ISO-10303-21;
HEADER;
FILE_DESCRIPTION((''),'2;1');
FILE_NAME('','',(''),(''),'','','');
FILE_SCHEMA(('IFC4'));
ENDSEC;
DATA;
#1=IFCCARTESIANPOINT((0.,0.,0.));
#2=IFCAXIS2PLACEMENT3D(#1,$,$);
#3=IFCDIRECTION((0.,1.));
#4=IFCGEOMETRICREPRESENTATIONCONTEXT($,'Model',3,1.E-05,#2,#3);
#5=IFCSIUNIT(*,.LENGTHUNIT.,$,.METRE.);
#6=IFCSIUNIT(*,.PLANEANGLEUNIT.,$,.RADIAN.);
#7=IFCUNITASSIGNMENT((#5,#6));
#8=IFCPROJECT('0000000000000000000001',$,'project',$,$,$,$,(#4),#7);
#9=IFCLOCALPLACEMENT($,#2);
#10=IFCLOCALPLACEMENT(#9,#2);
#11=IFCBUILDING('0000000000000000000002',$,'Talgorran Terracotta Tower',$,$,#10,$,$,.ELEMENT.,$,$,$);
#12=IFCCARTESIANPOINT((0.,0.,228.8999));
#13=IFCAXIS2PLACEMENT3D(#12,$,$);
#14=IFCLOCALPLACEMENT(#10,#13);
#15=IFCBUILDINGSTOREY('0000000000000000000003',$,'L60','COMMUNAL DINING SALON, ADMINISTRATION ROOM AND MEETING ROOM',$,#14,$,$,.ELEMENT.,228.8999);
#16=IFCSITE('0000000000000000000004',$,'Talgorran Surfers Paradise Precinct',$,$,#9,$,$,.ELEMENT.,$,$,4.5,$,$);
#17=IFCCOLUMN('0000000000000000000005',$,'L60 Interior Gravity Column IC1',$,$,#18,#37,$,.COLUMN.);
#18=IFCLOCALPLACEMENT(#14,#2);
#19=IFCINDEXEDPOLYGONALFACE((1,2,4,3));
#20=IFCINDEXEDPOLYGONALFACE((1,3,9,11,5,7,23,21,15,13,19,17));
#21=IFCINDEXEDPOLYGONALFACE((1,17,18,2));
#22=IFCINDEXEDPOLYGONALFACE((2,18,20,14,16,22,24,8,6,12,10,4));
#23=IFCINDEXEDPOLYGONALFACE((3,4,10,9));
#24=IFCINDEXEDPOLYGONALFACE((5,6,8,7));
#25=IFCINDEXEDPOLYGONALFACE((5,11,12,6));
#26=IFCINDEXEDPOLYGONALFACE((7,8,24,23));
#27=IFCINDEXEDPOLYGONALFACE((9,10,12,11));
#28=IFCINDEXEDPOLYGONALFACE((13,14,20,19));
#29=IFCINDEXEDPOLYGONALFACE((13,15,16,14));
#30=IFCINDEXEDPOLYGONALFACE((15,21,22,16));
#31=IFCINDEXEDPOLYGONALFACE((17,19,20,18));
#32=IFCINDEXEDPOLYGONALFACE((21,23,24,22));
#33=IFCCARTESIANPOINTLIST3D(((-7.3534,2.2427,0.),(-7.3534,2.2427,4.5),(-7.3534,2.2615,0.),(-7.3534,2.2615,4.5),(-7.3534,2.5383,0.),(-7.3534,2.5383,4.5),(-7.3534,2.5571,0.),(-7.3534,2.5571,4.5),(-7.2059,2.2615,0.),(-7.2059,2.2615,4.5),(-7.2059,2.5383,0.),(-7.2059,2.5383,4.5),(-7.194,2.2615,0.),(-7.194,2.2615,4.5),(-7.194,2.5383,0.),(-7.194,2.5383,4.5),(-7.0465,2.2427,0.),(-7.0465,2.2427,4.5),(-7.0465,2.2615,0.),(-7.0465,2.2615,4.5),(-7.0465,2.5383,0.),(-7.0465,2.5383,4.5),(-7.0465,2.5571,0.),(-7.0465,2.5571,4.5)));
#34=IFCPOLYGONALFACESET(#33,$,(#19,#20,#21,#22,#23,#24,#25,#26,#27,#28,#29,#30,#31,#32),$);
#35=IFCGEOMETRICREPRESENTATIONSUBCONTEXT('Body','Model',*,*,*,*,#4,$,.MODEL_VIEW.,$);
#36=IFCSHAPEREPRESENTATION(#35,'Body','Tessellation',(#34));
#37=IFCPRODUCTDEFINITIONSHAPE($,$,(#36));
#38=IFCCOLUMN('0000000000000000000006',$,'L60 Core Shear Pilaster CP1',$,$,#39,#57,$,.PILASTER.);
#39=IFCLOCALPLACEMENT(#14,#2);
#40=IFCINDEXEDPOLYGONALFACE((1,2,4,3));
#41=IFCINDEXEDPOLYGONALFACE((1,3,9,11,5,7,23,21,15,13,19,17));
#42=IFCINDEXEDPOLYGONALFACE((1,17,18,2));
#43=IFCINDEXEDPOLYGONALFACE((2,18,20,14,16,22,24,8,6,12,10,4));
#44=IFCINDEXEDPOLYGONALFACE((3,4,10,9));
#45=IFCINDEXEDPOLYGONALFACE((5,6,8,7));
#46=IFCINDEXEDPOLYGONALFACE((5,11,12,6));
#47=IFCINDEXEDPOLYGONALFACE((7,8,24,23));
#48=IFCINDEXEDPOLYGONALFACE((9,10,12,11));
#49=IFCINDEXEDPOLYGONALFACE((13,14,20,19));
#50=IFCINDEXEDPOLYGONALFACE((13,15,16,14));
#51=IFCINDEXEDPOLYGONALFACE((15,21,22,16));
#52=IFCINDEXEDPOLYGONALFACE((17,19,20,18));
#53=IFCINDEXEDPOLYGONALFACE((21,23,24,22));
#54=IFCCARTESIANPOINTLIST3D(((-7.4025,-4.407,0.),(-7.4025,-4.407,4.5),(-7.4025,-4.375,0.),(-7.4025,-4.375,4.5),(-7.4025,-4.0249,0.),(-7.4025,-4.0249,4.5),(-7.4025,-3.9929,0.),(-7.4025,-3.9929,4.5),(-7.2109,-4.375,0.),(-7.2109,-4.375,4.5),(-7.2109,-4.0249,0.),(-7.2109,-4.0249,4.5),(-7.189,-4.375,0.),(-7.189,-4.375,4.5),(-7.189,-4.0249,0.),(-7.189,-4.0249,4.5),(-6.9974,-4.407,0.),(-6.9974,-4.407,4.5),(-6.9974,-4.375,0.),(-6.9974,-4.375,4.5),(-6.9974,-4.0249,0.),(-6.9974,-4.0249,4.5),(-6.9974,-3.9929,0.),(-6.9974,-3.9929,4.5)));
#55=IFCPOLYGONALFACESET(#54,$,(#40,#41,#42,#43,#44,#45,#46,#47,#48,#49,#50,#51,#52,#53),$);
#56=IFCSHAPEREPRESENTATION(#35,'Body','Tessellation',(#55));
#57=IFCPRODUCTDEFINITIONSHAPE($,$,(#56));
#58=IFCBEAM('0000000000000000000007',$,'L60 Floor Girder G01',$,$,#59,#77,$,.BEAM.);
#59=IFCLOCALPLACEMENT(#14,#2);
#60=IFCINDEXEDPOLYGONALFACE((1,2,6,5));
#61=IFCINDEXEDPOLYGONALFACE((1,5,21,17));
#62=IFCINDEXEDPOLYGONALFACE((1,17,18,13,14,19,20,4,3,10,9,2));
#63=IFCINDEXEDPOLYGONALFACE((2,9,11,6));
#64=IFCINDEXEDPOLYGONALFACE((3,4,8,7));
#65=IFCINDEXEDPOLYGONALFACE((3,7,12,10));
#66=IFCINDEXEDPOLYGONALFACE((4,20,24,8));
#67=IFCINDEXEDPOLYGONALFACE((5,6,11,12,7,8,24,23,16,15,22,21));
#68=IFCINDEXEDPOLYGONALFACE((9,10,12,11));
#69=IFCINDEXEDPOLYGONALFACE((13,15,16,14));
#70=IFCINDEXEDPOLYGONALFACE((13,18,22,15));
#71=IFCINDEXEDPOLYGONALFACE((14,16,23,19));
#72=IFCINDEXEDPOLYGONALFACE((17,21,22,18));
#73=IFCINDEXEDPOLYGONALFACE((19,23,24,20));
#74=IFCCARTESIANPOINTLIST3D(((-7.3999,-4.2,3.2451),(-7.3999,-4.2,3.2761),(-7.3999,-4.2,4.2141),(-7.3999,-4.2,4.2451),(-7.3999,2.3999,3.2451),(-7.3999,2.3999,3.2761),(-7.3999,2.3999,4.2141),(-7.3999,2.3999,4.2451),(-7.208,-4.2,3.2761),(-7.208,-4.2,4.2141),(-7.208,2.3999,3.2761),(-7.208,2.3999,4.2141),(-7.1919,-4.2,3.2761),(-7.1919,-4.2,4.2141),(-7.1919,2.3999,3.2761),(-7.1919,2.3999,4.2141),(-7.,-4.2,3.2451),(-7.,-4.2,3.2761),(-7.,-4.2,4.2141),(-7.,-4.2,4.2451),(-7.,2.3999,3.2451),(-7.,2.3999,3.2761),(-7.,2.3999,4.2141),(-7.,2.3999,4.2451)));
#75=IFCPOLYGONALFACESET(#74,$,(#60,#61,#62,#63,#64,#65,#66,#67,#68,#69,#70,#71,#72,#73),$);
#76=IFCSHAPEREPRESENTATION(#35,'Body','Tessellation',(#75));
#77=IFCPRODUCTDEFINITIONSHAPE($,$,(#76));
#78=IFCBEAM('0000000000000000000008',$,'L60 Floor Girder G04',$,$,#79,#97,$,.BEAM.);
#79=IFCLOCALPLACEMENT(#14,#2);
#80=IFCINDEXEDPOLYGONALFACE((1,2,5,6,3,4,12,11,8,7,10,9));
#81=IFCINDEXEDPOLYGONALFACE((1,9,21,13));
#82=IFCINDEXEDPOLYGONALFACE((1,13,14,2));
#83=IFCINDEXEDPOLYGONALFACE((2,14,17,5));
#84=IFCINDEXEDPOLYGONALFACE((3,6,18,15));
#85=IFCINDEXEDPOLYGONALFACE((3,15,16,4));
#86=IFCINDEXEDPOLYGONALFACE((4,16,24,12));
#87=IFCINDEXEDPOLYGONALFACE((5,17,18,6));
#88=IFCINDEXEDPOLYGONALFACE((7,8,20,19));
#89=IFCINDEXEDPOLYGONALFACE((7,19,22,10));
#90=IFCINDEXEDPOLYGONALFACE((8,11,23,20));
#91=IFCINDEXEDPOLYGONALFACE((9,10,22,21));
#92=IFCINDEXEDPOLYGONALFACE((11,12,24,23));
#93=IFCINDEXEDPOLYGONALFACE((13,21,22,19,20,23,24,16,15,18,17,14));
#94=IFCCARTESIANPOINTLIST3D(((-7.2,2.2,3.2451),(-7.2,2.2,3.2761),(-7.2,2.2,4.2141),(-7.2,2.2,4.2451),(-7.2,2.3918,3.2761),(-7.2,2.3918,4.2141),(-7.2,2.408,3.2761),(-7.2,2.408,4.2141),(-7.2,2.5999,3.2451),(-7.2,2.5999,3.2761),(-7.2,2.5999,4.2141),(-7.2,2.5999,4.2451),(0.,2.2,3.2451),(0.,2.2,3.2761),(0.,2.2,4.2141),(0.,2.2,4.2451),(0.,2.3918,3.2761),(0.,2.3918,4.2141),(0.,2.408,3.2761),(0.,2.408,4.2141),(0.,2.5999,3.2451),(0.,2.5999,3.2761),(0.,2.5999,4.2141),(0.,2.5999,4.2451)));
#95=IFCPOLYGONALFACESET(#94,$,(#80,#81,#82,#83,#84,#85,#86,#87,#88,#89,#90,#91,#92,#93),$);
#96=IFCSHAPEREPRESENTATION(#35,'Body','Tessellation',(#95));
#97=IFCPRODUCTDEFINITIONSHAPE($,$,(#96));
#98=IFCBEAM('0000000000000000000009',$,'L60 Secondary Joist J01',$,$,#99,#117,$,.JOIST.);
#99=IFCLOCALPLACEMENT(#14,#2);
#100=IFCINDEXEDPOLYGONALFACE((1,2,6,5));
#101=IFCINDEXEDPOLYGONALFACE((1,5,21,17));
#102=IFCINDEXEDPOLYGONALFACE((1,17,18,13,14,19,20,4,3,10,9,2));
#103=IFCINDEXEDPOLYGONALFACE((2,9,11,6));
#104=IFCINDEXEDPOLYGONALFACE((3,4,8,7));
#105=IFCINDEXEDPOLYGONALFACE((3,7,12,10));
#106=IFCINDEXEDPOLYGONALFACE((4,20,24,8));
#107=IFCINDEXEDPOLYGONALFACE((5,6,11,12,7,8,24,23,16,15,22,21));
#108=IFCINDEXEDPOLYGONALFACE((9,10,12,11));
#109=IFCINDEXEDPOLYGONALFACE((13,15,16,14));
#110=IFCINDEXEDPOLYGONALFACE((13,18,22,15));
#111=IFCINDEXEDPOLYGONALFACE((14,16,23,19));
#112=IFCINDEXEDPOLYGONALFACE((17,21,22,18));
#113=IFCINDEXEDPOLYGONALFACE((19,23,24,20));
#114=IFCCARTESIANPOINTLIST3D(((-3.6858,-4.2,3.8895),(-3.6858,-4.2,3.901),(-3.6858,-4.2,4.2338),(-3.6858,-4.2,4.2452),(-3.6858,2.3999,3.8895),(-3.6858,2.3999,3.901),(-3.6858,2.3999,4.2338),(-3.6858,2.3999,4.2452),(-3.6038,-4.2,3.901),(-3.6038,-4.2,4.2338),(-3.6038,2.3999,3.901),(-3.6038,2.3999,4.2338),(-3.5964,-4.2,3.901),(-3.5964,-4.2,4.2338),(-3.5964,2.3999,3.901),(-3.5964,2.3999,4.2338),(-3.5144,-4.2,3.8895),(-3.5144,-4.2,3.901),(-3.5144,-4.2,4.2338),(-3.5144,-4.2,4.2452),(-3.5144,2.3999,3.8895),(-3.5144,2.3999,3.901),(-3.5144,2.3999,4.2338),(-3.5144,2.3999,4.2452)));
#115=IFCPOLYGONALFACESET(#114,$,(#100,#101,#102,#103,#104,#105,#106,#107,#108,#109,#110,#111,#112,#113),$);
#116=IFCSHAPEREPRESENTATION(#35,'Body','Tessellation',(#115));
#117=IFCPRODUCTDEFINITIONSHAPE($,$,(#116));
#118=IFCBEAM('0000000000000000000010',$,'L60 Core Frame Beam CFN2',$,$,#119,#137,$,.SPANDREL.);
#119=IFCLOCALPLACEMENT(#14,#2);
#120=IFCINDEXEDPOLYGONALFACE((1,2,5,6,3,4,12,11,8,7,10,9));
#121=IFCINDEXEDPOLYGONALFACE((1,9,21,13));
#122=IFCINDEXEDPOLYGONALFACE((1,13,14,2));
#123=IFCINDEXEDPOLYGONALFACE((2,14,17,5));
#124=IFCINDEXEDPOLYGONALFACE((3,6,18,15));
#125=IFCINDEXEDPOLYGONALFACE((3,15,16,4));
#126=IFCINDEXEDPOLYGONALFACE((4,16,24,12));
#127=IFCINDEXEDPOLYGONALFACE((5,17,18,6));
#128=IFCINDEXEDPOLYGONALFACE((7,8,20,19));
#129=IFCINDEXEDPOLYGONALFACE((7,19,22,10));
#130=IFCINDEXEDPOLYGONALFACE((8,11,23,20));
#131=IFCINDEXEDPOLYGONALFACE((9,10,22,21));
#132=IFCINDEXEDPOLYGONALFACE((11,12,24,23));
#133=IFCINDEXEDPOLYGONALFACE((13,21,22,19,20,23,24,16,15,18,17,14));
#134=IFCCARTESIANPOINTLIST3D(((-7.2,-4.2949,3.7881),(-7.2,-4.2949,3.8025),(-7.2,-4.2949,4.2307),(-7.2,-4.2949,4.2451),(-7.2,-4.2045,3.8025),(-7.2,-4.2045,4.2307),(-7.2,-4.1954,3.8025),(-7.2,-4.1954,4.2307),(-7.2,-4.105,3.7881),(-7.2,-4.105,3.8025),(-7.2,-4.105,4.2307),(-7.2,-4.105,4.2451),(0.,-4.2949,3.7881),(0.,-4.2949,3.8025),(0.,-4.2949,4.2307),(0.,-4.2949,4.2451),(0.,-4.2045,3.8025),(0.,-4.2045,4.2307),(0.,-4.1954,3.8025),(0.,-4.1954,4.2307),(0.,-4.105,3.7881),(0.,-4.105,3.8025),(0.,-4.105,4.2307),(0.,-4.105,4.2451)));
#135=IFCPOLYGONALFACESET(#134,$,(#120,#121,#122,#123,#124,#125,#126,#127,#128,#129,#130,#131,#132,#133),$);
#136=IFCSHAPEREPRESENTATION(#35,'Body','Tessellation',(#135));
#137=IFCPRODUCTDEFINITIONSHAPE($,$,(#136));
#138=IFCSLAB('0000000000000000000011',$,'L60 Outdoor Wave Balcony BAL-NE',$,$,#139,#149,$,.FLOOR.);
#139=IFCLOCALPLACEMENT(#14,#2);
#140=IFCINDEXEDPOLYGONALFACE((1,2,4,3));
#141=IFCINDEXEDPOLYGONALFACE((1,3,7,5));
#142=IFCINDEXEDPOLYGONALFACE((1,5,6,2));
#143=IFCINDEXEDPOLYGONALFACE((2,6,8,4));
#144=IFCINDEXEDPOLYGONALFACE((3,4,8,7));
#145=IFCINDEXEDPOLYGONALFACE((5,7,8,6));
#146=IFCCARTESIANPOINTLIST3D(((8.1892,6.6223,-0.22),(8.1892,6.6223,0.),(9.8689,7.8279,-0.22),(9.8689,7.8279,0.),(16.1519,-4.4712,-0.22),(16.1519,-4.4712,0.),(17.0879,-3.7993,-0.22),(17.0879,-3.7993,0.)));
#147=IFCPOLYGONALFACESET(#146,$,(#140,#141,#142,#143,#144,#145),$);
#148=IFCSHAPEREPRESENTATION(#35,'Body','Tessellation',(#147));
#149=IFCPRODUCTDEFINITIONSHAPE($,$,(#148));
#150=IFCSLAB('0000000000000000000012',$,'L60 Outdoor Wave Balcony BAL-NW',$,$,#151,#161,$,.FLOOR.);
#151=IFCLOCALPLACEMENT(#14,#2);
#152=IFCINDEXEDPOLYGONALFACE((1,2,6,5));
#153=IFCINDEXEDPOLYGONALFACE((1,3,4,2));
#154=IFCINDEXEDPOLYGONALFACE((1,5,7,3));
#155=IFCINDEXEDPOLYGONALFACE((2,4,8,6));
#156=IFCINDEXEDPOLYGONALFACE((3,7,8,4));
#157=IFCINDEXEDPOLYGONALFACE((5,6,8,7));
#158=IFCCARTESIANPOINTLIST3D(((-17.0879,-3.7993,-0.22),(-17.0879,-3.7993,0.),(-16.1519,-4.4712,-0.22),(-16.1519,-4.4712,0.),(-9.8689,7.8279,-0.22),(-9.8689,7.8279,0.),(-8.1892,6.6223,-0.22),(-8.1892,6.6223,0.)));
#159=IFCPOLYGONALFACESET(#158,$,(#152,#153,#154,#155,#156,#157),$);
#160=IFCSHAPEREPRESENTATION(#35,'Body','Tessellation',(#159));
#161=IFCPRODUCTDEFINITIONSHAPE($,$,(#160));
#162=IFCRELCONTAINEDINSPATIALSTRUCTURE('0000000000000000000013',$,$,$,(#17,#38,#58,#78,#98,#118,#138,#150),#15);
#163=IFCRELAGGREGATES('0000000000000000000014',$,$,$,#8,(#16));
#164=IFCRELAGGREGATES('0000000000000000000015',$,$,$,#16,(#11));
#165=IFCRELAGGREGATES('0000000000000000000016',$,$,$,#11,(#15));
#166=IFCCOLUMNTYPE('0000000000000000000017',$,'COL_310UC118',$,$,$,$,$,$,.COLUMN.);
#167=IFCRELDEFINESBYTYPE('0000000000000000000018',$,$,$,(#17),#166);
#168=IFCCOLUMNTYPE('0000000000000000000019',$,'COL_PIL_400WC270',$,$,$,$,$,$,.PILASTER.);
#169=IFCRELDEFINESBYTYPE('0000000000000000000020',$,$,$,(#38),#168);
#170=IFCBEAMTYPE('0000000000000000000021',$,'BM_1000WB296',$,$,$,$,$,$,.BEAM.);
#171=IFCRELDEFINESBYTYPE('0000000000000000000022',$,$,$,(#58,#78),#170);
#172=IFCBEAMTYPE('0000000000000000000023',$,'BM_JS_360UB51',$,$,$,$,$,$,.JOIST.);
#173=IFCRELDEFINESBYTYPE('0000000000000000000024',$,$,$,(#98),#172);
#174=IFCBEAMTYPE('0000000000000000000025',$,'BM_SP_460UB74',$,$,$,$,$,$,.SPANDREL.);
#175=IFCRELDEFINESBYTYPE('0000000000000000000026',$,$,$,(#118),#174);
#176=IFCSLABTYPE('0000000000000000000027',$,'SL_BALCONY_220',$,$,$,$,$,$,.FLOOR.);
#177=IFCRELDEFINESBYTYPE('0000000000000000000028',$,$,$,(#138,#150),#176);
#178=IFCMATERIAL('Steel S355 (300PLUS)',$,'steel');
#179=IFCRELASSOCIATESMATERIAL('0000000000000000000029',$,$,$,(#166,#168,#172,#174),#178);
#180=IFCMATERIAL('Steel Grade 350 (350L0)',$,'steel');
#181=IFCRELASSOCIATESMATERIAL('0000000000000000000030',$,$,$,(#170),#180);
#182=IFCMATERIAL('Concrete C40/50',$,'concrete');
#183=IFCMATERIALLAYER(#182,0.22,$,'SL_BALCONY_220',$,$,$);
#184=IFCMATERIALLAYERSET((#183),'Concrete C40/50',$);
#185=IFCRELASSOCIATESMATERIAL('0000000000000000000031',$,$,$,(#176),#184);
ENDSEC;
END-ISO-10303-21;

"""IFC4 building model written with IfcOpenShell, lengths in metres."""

from ifc_helpers import new_model, si_unit, direction, frame, origin, origin_2d, place, context, subcontext, project, spatial, polyline, i_section, outline, extrude, material, layer, layer_set, material_profile, profile_set, type_object, element, save


model = new_model("IFC4")

# Units and contexts
model_context = context("Model", 3, precision=1e-05, world=origin(), true_north=direction((0.0, 1.0)))
body_context = subcontext(model_context, "Body", "Model", "MODEL_VIEW")
ifc_project = project(units=[si_unit("LENGTHUNIT", "METRE"), si_unit("PLANEANGLEUNIT", "RADIAN")], contexts=[model_context])

# Site, building, storey
site_placement = place(None, origin())
site = spatial("IfcSite", under=ifc_project, at=site_placement, Name="Talgorran Surfers Paradise Precinct", CompositionType="ELEMENT", RefElevation=4.5)
building_placement = place(site_placement, origin())
building = spatial("IfcBuilding", under=site, at=building_placement, Name="Talgorran Terracotta Tower", CompositionType="ELEMENT")
storey_placement = place(building_placement, frame((0.0, 0.0, 228.8999)))
storey = spatial("IfcBuildingStorey", under=building, at=storey_placement, Name="L60", Description="COMMUNAL DINING SALON, ADMINISTRATION ROOM AND MEETING ROOM", CompositionType="ELEMENT", Elevation=228.8999)

# Columns
ifc_material_1 = material(Name="Steel S355 (300PLUS)", Category="steel")
ifc_material_profile_1 = material_profile(ifc_material_1, i_section(OverallWidth=0.3069, OverallDepth=0.3145, WebThickness=0.012, FlangeThickness=0.0188, at=origin_2d()), Name="310UC118")
ifc_profile_set_1 = profile_set([ifc_material_profile_1], Name="Steel S355 (300PLUS)")
column_type_1 = type_object("IfcColumnType", Name="COL_310UC118", PredefinedType="COLUMN", material=ifc_profile_set_1)
column_1_placement = place(storey_placement, frame((-7.2, 2.3999, 0.0), z_axis=(0.0, 0.0, 1.0), x_axis=(1.0, 0.0, 0.0)))
element("IfcColumn", 1, at=column_1_placement, inside=storey, type_object=column_type_1, Name="L60 Interior Gravity Column IC1", PredefinedType="COLUMN", context=body_context, shape_type="SweptSolid", body=[
    extrude(i_section(OverallWidth=0.3069, OverallDepth=0.3145, WebThickness=0.012, FlangeThickness=0.0188, at=origin_2d()), origin(), (0.0, 0.0, 1.0), 4.5),
])
ifc_material_profile_2 = material_profile(ifc_material_1, i_section(OverallWidth=0.405, OverallDepth=0.4141, WebThickness=0.022, FlangeThickness=0.032, at=origin_2d()), Name="400WC270")
ifc_profile_set_2 = profile_set([ifc_material_profile_2], Name="Steel S355 (300PLUS)")
column_type_2 = type_object("IfcColumnType", Name="COL_PIL_400WC270", PredefinedType="PILASTER", material=ifc_profile_set_2)
column_2_placement = place(storey_placement, frame((-7.2, -4.2, 0.0), z_axis=(0.0, 0.0, 1.0), x_axis=(1.0, 0.0, 0.0)))
element("IfcColumn", 2, at=column_2_placement, inside=storey, type_object=column_type_2, Name="L60 Core Shear Pilaster CP1", PredefinedType="PILASTER", context=body_context, shape_type="SweptSolid", body=[
    extrude(i_section(OverallWidth=0.405, OverallDepth=0.4141, WebThickness=0.022, FlangeThickness=0.032, at=origin_2d()), origin(), (0.0, 0.0, 1.0), 4.5),
])

# Beams
ifc_material_2 = material(Name="Steel Grade 350 (350L0)", Category="steel")
ifc_material_profile_3 = material_profile(ifc_material_2, i_section(OverallWidth=0.3999, OverallDepth=1.0, WebThickness=0.0161, FlangeThickness=0.031, at=origin_2d()), Name="1000WB296")
ifc_profile_set_3 = profile_set([ifc_material_profile_3], Name="Steel Grade 350 (350L0)")
beam_type_1 = type_object("IfcBeamType", Name="BM_1000WB296", PredefinedType="BEAM", material=ifc_profile_set_3)
beam_1_placement = place(storey_placement, frame((-7.2, -4.2, 3.7451), z_axis=(0.0, 1.0, 0.0), x_axis=(-1.0, 0.0, 0.0)))
element("IfcBeam", 3, at=beam_1_placement, inside=storey, type_object=beam_type_1, Name="L60 Floor Girder G01", PredefinedType="BEAM", context=body_context, shape_type="SweptSolid", body=[
    extrude(i_section(OverallWidth=0.3999, OverallDepth=1.0, WebThickness=0.0161, FlangeThickness=0.031, at=origin_2d()), origin(), (0.0, 0.0, 1.0), 6.5999),
])
beam_2_placement = place(storey_placement, frame((-7.2, 2.3999, 3.7451), z_axis=(1.0, 0.0, 0.0), x_axis=(0.0, 1.0, 0.0)))
element("IfcBeam", 4, at=beam_2_placement, inside=storey, type_object=beam_type_1, Name="L60 Floor Girder G04", PredefinedType="BEAM", context=body_context, shape_type="SweptSolid", body=[
    extrude(i_section(OverallWidth=0.3999, OverallDepth=1.0, WebThickness=0.0161, FlangeThickness=0.031, at=origin_2d()), origin(), (0.0, 0.0, 1.0), 7.2),
])
ifc_material_profile_4 = material_profile(ifc_material_1, i_section(OverallWidth=0.1714, OverallDepth=0.3557, WebThickness=0.0073, FlangeThickness=0.0115, at=origin_2d()), Name="360UB50.7")
ifc_profile_set_4 = profile_set([ifc_material_profile_4], Name="Steel S355 (300PLUS)")
beam_type_2 = type_object("IfcBeamType", Name="BM_JS_360UB51", PredefinedType="JOIST", material=ifc_profile_set_4)
beam_3_placement = place(storey_placement, frame((-3.6001, -4.2, 4.0674), z_axis=(0.0, 1.0, 0.0), x_axis=(-1.0, 0.0, 0.0)))
element("IfcBeam", 5, at=beam_3_placement, inside=storey, type_object=beam_type_2, Name="L60 Secondary Joist J01", PredefinedType="JOIST", context=body_context, shape_type="SweptSolid", body=[
    extrude(i_section(OverallWidth=0.1714, OverallDepth=0.3557, WebThickness=0.0073, FlangeThickness=0.0115, at=origin_2d()), origin(), (0.0, 0.0, 1.0), 6.5999),
])
ifc_material_profile_5 = material_profile(ifc_material_1, i_section(OverallWidth=0.1899, OverallDepth=0.457, WebThickness=0.009, FlangeThickness=0.0144, at=origin_2d()), Name="460UB74.6")
ifc_profile_set_5 = profile_set([ifc_material_profile_5], Name="Steel S355 (300PLUS)")
beam_type_3 = type_object("IfcBeamType", Name="BM_SP_460UB74", PredefinedType="SPANDREL", material=ifc_profile_set_5)
beam_4_placement = place(storey_placement, frame((-7.2, -4.2, 4.0166), z_axis=(1.0, 0.0, 0.0), x_axis=(0.0, 1.0, 0.0)))
element("IfcBeam", 6, at=beam_4_placement, inside=storey, type_object=beam_type_3, Name="L60 Core Frame Beam CFN2", PredefinedType="SPANDREL", context=body_context, shape_type="SweptSolid", body=[
    extrude(i_section(OverallWidth=0.1899, OverallDepth=0.457, WebThickness=0.009, FlangeThickness=0.0144, at=origin_2d()), origin(), (0.0, 0.0, 1.0), 7.2),
])

# Slabs
ifc_material_3 = material(Name="Concrete C40/50", Category="concrete")
ifc_layer_1 = layer(ifc_material_3, 0.22, Name="SL_BALCONY_220")
ifc_layer_set_1 = layer_set([ifc_layer_1], Name="Concrete C40/50")
slab_type_1 = type_object("IfcSlabType", Name="SL_BALCONY_220", PredefinedType="FLOOR", material=ifc_layer_set_1)
slab_1_placement = place(storey_placement, frame((0.0, 0.0, -0.22)))
element("IfcSlab", 7, at=slab_1_placement, inside=storey, type_object=slab_type_1, Name="L60 Outdoor Wave Balcony BAL-NE", PredefinedType="FLOOR", context=body_context, shape_type="SweptSolid", body=[
    extrude(outline(polyline([(8.1892, 6.6223), (16.1519, -4.4712), (17.0879, -3.7993), (9.8689, 7.8279), (8.1892, 6.6223)])), origin(), (0.0, 0.0, 1.0), 0.22),
])
slab_2_placement = place(storey_placement, frame((0.0, 0.0, -0.22)))
element("IfcSlab", 8, at=slab_2_placement, inside=storey, type_object=slab_type_1, Name="L60 Outdoor Wave Balcony BAL-NW", PredefinedType="FLOOR", context=body_context, shape_type="SweptSolid", body=[
    extrude(outline(polyline([(-16.1519, -4.4712), (-8.1892, 6.6223), (-9.8689, 7.8279), (-17.0879, -3.7993), (-16.1519, -4.4712)])), origin(), (0.0, 0.0, 1.0), 0.22),
])

save(model, "model.ifc")
